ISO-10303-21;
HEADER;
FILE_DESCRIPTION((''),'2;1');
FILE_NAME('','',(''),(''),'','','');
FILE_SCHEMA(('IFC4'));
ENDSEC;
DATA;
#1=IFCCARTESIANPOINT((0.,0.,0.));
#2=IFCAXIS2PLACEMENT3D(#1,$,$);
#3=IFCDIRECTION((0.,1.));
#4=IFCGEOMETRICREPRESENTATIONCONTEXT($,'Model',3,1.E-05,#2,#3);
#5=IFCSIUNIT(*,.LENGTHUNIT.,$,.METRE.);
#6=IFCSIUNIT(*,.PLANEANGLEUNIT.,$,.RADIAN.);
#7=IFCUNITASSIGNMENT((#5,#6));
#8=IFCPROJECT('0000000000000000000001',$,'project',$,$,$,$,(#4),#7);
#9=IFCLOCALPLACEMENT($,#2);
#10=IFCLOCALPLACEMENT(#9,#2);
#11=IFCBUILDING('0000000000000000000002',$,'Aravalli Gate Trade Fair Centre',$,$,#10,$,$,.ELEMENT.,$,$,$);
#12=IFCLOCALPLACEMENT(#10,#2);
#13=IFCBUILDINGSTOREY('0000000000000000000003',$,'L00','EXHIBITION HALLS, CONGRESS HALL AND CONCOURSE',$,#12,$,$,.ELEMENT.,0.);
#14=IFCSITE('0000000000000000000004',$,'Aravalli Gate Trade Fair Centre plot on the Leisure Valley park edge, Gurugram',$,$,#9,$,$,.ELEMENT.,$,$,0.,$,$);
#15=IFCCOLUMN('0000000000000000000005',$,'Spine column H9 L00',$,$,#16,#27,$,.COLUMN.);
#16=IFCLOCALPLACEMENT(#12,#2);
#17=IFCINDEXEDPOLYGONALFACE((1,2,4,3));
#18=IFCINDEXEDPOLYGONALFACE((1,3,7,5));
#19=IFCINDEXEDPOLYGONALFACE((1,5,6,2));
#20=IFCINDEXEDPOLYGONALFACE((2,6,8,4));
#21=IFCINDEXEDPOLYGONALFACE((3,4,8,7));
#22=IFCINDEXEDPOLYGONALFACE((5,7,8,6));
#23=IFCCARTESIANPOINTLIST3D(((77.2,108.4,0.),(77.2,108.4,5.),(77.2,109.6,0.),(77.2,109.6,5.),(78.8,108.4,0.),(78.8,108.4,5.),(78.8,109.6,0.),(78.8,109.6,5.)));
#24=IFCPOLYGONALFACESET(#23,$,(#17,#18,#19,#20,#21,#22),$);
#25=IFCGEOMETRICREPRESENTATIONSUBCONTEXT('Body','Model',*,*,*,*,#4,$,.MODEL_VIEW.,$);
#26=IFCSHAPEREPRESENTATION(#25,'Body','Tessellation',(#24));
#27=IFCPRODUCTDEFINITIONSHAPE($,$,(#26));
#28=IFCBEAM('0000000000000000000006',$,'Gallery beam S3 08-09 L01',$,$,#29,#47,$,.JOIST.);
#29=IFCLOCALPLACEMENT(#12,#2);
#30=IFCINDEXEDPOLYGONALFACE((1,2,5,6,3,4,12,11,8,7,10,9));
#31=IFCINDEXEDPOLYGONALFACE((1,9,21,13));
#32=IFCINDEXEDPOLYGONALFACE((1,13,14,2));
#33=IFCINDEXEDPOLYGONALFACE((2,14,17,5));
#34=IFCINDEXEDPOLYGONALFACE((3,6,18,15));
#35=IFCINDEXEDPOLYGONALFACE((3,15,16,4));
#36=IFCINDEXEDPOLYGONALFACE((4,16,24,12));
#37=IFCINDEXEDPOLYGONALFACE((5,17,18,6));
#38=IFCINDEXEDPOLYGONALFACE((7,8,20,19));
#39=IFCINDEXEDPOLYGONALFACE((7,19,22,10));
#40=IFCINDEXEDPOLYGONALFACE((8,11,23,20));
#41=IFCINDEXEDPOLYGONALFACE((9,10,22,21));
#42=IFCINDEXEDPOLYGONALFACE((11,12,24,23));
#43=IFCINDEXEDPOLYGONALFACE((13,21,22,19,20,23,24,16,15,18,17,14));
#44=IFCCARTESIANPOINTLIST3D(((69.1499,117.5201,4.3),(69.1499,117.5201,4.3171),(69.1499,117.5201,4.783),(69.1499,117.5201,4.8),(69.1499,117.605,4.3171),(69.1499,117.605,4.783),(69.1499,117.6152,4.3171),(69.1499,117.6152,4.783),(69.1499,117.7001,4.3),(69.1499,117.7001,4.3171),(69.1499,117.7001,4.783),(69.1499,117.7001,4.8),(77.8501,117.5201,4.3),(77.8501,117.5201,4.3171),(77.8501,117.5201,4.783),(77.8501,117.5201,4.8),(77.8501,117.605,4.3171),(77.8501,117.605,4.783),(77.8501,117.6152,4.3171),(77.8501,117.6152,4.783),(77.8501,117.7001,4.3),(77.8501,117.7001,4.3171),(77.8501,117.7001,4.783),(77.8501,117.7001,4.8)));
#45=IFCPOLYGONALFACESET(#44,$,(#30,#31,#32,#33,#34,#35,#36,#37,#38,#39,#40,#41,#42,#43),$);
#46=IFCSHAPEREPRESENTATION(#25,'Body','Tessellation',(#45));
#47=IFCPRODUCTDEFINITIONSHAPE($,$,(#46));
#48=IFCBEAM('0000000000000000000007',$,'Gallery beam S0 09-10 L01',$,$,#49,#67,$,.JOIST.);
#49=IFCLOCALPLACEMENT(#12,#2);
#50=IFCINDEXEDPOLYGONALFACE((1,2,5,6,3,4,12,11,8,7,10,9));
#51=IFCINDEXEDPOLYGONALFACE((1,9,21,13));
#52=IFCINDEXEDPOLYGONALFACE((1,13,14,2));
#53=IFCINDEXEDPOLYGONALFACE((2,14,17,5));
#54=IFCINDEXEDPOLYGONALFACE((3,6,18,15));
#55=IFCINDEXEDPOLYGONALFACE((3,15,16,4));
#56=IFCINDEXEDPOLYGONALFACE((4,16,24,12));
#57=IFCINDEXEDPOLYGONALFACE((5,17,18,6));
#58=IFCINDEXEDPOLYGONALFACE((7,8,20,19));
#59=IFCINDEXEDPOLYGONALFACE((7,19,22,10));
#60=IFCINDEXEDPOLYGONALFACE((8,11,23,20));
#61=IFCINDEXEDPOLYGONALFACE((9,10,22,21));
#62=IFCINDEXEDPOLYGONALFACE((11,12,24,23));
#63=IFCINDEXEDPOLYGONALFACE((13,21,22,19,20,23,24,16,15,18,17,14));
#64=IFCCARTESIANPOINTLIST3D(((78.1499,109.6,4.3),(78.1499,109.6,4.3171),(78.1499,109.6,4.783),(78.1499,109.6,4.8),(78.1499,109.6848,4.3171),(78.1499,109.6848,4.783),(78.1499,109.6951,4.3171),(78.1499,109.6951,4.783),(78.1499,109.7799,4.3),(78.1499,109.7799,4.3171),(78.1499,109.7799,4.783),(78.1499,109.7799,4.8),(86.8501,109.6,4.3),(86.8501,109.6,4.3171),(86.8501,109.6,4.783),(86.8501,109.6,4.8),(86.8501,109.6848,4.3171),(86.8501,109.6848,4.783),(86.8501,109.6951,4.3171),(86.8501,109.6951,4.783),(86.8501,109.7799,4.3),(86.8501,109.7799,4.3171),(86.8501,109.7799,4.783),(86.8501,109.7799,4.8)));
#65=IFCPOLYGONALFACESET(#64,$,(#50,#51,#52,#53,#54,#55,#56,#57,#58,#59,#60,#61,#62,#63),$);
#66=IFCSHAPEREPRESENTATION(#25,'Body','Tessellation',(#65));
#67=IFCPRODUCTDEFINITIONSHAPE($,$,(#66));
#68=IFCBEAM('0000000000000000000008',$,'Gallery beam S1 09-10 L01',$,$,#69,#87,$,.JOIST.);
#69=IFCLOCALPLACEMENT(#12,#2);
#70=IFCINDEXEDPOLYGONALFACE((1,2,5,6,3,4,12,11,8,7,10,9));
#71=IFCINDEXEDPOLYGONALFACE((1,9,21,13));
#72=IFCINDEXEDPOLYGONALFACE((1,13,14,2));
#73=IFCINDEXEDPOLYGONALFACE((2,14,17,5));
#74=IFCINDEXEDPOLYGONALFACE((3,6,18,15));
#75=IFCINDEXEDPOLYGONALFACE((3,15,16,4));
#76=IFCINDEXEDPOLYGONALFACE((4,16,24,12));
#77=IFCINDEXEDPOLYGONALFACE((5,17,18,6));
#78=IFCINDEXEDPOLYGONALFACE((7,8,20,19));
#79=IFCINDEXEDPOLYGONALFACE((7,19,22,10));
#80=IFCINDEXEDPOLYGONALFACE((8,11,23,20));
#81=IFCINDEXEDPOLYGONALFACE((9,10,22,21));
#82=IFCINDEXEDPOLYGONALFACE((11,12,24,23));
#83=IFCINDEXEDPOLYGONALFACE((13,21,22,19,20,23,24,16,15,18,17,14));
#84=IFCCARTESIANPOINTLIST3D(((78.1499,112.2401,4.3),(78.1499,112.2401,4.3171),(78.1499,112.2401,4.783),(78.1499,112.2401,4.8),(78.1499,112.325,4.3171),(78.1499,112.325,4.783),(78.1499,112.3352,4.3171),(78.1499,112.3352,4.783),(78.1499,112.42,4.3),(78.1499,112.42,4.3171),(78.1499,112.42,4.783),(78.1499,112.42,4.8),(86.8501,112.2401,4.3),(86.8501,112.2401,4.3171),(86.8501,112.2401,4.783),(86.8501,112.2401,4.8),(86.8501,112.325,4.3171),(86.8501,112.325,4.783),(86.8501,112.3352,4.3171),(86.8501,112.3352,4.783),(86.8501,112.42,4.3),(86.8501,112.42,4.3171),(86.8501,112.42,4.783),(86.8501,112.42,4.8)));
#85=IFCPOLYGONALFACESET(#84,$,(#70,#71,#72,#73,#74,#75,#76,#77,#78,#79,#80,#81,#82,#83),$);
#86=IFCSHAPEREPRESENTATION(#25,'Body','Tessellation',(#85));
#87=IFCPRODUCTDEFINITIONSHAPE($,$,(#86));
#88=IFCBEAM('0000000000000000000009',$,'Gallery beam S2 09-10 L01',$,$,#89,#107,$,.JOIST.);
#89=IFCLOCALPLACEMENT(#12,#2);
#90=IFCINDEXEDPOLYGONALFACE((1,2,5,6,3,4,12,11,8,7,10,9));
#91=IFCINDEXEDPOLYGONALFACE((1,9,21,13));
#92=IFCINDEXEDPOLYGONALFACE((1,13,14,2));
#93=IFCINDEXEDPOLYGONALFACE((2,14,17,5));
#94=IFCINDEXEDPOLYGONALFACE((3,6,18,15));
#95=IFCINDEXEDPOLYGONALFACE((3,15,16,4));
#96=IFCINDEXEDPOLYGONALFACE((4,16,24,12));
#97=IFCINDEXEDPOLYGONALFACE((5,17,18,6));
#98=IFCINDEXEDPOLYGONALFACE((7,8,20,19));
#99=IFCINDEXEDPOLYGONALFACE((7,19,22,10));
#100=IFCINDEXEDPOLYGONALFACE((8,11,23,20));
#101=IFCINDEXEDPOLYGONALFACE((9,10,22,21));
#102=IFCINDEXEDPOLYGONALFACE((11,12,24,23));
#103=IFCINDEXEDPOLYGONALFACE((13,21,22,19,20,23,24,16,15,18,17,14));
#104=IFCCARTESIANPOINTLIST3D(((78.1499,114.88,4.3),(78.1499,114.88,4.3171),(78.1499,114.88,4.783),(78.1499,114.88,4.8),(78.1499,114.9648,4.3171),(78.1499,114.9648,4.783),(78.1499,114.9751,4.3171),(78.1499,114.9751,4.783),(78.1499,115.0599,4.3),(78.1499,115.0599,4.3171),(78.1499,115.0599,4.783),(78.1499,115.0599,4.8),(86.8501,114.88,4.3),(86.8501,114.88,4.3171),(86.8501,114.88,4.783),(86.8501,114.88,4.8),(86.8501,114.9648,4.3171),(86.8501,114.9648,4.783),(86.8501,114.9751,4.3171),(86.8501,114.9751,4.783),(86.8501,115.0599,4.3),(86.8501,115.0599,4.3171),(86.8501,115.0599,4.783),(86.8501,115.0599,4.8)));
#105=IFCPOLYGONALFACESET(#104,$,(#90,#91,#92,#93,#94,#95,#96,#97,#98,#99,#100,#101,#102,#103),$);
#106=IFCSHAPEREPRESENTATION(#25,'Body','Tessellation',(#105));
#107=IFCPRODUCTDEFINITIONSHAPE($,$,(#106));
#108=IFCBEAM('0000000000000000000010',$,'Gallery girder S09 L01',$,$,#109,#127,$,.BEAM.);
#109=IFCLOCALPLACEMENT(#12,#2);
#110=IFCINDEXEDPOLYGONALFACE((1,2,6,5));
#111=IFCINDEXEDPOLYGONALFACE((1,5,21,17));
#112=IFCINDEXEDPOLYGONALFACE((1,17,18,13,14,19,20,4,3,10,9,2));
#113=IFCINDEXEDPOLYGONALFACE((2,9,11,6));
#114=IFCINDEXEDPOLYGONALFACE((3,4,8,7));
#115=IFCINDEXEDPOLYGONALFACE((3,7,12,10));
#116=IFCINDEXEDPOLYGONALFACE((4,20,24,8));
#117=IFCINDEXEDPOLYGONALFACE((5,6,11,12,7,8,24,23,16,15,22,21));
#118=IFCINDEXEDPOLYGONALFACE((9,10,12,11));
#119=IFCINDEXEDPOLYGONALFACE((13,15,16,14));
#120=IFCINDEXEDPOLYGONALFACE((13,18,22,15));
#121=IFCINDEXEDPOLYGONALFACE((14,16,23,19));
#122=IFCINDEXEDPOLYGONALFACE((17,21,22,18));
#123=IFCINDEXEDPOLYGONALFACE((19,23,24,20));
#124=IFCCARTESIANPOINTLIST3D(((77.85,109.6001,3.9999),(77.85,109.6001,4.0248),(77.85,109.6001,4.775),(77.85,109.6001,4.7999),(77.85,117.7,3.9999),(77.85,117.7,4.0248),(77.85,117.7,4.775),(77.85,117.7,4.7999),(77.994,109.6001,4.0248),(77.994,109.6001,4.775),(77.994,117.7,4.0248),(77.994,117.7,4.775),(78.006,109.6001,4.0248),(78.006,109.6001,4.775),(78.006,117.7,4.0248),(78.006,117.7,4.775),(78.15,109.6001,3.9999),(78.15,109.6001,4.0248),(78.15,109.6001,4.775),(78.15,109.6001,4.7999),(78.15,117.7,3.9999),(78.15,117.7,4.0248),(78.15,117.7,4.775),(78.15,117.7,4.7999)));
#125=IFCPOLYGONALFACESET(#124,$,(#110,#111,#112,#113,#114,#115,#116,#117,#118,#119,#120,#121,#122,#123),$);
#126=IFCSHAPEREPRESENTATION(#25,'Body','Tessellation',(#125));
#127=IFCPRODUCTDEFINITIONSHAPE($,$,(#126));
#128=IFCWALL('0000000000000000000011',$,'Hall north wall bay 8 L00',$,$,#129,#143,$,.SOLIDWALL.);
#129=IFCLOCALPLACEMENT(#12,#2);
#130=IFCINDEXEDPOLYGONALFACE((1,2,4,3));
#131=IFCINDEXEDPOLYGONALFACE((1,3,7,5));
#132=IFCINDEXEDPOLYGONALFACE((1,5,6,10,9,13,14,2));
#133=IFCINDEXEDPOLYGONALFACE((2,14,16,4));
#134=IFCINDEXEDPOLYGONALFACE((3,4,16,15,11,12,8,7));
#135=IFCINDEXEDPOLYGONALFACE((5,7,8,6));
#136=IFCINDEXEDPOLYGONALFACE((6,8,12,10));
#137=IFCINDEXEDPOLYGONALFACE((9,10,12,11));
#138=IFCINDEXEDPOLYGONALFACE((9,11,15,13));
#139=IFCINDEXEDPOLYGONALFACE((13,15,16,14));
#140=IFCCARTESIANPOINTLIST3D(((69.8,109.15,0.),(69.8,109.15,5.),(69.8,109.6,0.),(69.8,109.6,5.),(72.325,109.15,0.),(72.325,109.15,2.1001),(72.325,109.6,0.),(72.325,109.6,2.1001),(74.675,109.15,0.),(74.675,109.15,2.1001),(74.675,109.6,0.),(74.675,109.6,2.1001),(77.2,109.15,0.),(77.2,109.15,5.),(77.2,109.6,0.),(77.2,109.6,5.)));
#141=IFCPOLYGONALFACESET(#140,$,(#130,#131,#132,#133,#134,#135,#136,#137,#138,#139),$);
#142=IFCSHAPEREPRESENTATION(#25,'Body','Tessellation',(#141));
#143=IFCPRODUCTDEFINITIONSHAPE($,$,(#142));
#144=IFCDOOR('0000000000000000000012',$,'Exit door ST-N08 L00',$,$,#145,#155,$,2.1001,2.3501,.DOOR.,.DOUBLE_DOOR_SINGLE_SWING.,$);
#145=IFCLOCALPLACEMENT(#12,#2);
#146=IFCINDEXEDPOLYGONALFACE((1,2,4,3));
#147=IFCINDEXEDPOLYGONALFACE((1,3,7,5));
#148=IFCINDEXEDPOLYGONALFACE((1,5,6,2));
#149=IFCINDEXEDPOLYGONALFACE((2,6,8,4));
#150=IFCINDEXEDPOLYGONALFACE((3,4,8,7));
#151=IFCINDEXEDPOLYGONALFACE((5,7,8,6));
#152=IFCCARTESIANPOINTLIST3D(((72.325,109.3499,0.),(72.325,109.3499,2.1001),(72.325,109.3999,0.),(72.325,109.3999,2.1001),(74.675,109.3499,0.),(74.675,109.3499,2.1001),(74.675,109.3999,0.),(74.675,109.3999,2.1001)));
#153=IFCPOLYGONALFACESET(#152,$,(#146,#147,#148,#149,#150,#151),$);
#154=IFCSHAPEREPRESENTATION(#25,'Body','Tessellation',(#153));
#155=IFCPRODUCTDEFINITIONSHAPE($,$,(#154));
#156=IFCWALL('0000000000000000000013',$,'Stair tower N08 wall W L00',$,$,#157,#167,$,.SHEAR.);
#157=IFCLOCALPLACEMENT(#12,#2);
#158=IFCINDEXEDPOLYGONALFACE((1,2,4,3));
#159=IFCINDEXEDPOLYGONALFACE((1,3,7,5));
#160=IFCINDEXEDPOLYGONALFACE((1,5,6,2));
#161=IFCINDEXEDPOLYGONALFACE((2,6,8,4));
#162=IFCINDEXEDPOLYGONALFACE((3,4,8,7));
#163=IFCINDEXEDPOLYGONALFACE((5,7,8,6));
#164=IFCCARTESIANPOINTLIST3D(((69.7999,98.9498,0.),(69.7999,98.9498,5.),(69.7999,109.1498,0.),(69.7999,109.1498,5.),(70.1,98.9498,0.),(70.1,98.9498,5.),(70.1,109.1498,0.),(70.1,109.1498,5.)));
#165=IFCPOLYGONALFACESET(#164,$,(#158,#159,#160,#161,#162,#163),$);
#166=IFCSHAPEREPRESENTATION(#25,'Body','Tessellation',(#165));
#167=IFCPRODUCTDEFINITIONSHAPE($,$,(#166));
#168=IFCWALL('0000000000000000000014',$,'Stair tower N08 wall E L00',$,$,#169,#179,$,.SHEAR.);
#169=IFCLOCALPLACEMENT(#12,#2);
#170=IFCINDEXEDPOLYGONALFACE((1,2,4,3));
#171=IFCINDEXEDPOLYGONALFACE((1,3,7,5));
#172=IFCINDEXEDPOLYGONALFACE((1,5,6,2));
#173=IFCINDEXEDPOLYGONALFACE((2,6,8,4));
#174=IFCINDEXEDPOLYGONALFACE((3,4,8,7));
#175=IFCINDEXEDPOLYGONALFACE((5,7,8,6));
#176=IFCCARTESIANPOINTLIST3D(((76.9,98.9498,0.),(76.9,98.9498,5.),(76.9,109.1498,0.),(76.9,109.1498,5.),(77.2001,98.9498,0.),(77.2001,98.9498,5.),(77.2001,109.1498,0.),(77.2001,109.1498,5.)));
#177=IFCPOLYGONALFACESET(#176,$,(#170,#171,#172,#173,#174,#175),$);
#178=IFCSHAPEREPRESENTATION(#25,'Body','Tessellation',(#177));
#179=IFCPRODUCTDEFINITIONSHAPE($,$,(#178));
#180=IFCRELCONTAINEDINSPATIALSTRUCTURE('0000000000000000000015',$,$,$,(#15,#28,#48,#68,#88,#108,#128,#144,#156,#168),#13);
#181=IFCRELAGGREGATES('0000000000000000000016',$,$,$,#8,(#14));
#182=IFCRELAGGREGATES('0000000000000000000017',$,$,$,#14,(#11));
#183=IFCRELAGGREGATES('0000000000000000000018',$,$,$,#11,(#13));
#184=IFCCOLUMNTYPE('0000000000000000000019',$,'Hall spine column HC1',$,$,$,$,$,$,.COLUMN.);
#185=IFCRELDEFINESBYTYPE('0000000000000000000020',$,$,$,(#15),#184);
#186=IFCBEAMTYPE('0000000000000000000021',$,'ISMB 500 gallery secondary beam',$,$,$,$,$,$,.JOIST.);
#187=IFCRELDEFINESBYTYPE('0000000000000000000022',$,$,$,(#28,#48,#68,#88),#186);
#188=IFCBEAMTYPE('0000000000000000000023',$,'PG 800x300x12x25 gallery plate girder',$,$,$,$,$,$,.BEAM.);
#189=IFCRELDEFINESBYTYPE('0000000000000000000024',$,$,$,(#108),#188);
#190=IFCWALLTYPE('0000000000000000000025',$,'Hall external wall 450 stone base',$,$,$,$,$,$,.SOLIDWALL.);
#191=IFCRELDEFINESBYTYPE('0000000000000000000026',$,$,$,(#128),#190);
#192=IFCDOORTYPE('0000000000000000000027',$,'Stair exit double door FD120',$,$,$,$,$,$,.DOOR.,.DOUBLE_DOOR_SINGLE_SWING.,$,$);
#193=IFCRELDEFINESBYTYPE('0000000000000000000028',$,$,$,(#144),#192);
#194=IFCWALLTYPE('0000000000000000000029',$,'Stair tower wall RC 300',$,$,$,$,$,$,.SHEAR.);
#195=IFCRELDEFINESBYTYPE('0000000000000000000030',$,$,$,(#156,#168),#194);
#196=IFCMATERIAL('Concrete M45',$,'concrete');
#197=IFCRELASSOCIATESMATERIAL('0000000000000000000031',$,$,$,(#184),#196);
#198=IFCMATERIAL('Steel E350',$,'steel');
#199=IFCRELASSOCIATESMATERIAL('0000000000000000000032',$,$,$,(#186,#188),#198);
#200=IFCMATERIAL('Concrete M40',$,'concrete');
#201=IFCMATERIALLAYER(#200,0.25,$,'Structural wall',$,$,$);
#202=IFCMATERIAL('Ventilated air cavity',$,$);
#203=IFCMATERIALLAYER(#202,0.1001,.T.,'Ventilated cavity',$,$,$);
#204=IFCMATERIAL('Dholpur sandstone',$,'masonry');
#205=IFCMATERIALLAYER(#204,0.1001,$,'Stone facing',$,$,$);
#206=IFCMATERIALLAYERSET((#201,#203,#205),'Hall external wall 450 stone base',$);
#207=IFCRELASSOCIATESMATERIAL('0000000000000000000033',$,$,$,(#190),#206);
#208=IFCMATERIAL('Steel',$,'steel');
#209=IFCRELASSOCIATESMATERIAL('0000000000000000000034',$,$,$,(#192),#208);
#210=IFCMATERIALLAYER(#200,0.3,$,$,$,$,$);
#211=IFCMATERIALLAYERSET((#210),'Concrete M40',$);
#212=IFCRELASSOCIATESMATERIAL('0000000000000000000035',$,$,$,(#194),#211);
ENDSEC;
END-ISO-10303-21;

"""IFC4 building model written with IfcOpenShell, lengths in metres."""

from ifc_helpers import new_model, si_unit, direction, frame, frame_2d, origin, origin_2d, place, context, subcontext, project, spatial, rectangle, i_section, extrude, material, layer, layer_set, material_profile, profile_set, type_object, element, fill, save


model = new_model("IFC4")

# Units and contexts
model_context = context("Model", 3, precision=1e-05, world=origin(), true_north=direction((0.0, 1.0)))
body_context = subcontext(model_context, "Body", "Model", "MODEL_VIEW")
ifc_project = project(units=[si_unit("LENGTHUNIT", "METRE"), si_unit("PLANEANGLEUNIT", "RADIAN")], contexts=[model_context])

# Site, building, storey
site_placement = place(None, origin())
site = spatial("IfcSite", under=ifc_project, at=site_placement, Name="Aravalli Gate Trade Fair Centre plot on the Leisure Valley park edge, Gurugram", CompositionType="ELEMENT", RefElevation=0.0)
building_placement = place(site_placement, origin())
building = spatial("IfcBuilding", under=site, at=building_placement, Name="Aravalli Gate Trade Fair Centre", CompositionType="ELEMENT")
storey_placement = place(building_placement, origin())
storey = spatial("IfcBuildingStorey", under=building, at=storey_placement, Name="L00", Description="EXHIBITION HALLS, CONGRESS HALL AND CONCOURSE", CompositionType="ELEMENT", Elevation=0.0)

# Column
ifc_material_1 = material(Name="Concrete M45", Category="concrete")
ifc_material_profile_1 = material_profile(ifc_material_1, rectangle(XDim=1.6001, YDim=1.2, at=origin_2d()), Name="RC 1600x1200")
ifc_profile_set_1 = profile_set([ifc_material_profile_1], Name="Concrete M45")
column_type = type_object("IfcColumnType", Name="Hall spine column HC1", PredefinedType="COLUMN", material=ifc_profile_set_1)
column_placement = place(storey_placement, frame((78.0, 109.0, 0.0), z_axis=(0.0, 0.0, 1.0), x_axis=(1.0, 0.0, 0.0)))
element("IfcColumn", 1, at=column_placement, inside=storey, type_object=column_type, Name="Spine column H9 L00", PredefinedType="COLUMN", context=body_context, shape_type="SweptSolid", body=[
    extrude(rectangle(XDim=1.6001, YDim=1.2, at=origin_2d()), origin(), (0.0, 0.0, 1.0), 5.0),
])

# Beams
ifc_material_2 = material(Name="Steel E350", Category="steel")
ifc_material_profile_2 = material_profile(ifc_material_2, i_section(OverallWidth=0.1799, OverallDepth=0.5, WebThickness=0.0103, FlangeThickness=0.0171, at=origin_2d()), Name="ISMB 500")
ifc_profile_set_2 = profile_set([ifc_material_profile_2], Name="Steel E350")
beam_type_1 = type_object("IfcBeamType", Name="ISMB 500 gallery secondary beam", PredefinedType="JOIST", material=ifc_profile_set_2)
for number, where, z_axis, x_axis, name in (
    (2, (69.1499, 117.6101, 4.55), (1.0, 0.0, 0.0), (0.0, 1.0, 0.0), "Gallery beam S3 08-09 L01"),
    (3, (78.1499, 109.6899, 4.55), (1.0, 0.0, 0.0), (0.0, 1.0, 0.0), "Gallery beam S0 09-10 L01"),
    (4, (78.1499, 112.3301, 4.55), (1.0, 0.0, 0.0), (0.0, 1.0, 0.0), "Gallery beam S1 09-10 L01"),
    (5, (78.1499, 114.97, 4.55), (1.0, 0.0, 0.0), (0.0, 1.0, 0.0), "Gallery beam S2 09-10 L01"),
):
    element("IfcBeam", number, at=place(storey_placement, frame(where, z_axis=z_axis, x_axis=x_axis)), inside=storey, type_object=beam_type_1, Name=name, PredefinedType="JOIST", context=body_context, shape_type="SweptSolid", body=[
        extrude(i_section(OverallWidth=0.1799, OverallDepth=0.5, WebThickness=0.0103, FlangeThickness=0.0171, at=origin_2d()), origin(), (0.0, 0.0, 1.0), 8.7002),
    ])
ifc_material_profile_3 = material_profile(ifc_material_2, i_section(OverallWidth=0.3, OverallDepth=0.8, WebThickness=0.012, FlangeThickness=0.0249, at=origin_2d()), Name="PG 800x300x12x25")
ifc_profile_set_3 = profile_set([ifc_material_profile_3], Name="Steel E350")
beam_type_2 = type_object("IfcBeamType", Name="PG 800x300x12x25 gallery plate girder", PredefinedType="BEAM", material=ifc_profile_set_3)
beam_placement = place(storey_placement, frame((78.0, 109.6001, 4.3999), z_axis=(0.0, 1.0, 0.0), x_axis=(-1.0, 0.0, 0.0)))
element("IfcBeam", 6, at=beam_placement, inside=storey, type_object=beam_type_2, Name="Gallery girder S09 L01", PredefinedType="BEAM", context=body_context, shape_type="SweptSolid", body=[
    extrude(i_section(OverallWidth=0.3, OverallDepth=0.8, WebThickness=0.012, FlangeThickness=0.0249, at=origin_2d()), origin(), (0.0, 0.0, 1.0), 8.0999),
])

# Wall, opening, door
ifc_material_3 = material(Name="Concrete M40", Category="concrete")
ifc_layer_1 = layer(ifc_material_3, 0.25, Name="Structural wall")
ifc_material_4 = material(Name="Ventilated air cavity")
ifc_layer_2 = layer(ifc_material_4, 0.1001, ventilated=True, Name="Ventilated cavity")
ifc_material_5 = material(Name="Dholpur sandstone", Category="masonry")
ifc_layer_3 = layer(ifc_material_5, 0.1001, Name="Stone facing")
ifc_layer_set_1 = layer_set([ifc_layer_1, ifc_layer_2, ifc_layer_3], Name="Hall external wall 450 stone base")
wall_type_1 = type_object("IfcWallType", Name="Hall external wall 450 stone base", PredefinedType="SOLIDWALL", material=ifc_layer_set_1)
wall_1_placement = place(storey_placement, frame((69.8, 109.375, 0.0), z_axis=(0.0, 0.0, 1.0), x_axis=(1.0, 0.0, 0.0)))
wall_1 = element("IfcWall", 7, at=wall_1_placement, inside=storey, type_object=wall_type_1, Name="Hall north wall bay 8 L00", PredefinedType="SOLIDWALL", context=body_context, shape_type="SweptSolid", body=[
    extrude(rectangle(XDim=7.3999, YDim=0.45, at=frame_2d((3.7, 0.0))), origin(), (0.0, 0.0, 1.0), 5.0),
])
opening_1_placement = place(wall_1_placement, frame((2.5249, 0.0, 0.0)))
opening_1 = element("IfcOpeningElement", 8, at=opening_1_placement, cuts=wall_1, PredefinedType="OPENING", context=body_context, shape_type="SweptSolid", body=[
    extrude(rectangle(XDim=2.3501, YDim=2.1001, at=frame_2d((1.175, 1.05))), frame((0.0, 0.2349, 0.0), z_axis=(0.0, -1.0, 0.0), x_axis=(1.0, 0.0, 0.0)), (0.0, 0.0, 1.0), 0.47),
])
ifc_material_6 = material(Name="Steel", Category="steel")
door_type_1 = type_object("IfcDoorType", Name="Stair exit double door FD120", OperationType="DOUBLE_DOOR_SINGLE_SWING", PredefinedType="DOOR", material=ifc_material_6)
door_1_placement = place(opening_1_placement, origin())
door_1 = element("IfcDoor", 9, at=door_1_placement, inside=storey, type_object=door_type_1, Name="Exit door ST-N08 L00", OperationType="DOUBLE_DOOR_SINGLE_SWING", OverallHeight=2.1001, OverallWidth=2.3501, PredefinedType="DOOR", context=body_context, shape_type="SweptSolid", body=[
    extrude(rectangle(XDim=2.3501, YDim=2.1001, at=frame_2d((1.175, 1.05))), frame((0.0, 0.0249, 0.0), z_axis=(0.0, -1.0, 0.0), x_axis=(1.0, 0.0, 0.0)), (0.0, 0.0, 1.0), 0.05),
])
fill(opening_1, door_1)

# Walls
ifc_layer_4 = layer(ifc_material_3, 0.3)
ifc_layer_set_2 = layer_set([ifc_layer_4], Name="Concrete M40")
wall_type_2 = type_object("IfcWallType", Name="Stair tower wall RC 300", PredefinedType="SHEAR", material=ifc_layer_set_2)
for number, where, z_axis, x_axis, name in (
    (10, (69.95, 109.1499, 0.0), (0.0, 0.0, 1.0), (0.0, -1.0, 0.0), "Stair tower N08 wall W L00"),
    (11, (77.05, 109.1499, 0.0), (0.0, 0.0, 1.0), (0.0, -1.0, 0.0), "Stair tower N08 wall E L00"),
):
    element("IfcWall", number, at=place(storey_placement, frame(where, z_axis=z_axis, x_axis=x_axis)), inside=storey, type_object=wall_type_2, Name=name, PredefinedType="SHEAR", context=body_context, shape_type="SweptSolid", body=[
        extrude(rectangle(XDim=10.2, YDim=0.3, at=frame_2d((5.1001, 0.0))), origin(), (0.0, 0.0, 1.0), 5.0),
    ])

save(model, "model.ifc")
